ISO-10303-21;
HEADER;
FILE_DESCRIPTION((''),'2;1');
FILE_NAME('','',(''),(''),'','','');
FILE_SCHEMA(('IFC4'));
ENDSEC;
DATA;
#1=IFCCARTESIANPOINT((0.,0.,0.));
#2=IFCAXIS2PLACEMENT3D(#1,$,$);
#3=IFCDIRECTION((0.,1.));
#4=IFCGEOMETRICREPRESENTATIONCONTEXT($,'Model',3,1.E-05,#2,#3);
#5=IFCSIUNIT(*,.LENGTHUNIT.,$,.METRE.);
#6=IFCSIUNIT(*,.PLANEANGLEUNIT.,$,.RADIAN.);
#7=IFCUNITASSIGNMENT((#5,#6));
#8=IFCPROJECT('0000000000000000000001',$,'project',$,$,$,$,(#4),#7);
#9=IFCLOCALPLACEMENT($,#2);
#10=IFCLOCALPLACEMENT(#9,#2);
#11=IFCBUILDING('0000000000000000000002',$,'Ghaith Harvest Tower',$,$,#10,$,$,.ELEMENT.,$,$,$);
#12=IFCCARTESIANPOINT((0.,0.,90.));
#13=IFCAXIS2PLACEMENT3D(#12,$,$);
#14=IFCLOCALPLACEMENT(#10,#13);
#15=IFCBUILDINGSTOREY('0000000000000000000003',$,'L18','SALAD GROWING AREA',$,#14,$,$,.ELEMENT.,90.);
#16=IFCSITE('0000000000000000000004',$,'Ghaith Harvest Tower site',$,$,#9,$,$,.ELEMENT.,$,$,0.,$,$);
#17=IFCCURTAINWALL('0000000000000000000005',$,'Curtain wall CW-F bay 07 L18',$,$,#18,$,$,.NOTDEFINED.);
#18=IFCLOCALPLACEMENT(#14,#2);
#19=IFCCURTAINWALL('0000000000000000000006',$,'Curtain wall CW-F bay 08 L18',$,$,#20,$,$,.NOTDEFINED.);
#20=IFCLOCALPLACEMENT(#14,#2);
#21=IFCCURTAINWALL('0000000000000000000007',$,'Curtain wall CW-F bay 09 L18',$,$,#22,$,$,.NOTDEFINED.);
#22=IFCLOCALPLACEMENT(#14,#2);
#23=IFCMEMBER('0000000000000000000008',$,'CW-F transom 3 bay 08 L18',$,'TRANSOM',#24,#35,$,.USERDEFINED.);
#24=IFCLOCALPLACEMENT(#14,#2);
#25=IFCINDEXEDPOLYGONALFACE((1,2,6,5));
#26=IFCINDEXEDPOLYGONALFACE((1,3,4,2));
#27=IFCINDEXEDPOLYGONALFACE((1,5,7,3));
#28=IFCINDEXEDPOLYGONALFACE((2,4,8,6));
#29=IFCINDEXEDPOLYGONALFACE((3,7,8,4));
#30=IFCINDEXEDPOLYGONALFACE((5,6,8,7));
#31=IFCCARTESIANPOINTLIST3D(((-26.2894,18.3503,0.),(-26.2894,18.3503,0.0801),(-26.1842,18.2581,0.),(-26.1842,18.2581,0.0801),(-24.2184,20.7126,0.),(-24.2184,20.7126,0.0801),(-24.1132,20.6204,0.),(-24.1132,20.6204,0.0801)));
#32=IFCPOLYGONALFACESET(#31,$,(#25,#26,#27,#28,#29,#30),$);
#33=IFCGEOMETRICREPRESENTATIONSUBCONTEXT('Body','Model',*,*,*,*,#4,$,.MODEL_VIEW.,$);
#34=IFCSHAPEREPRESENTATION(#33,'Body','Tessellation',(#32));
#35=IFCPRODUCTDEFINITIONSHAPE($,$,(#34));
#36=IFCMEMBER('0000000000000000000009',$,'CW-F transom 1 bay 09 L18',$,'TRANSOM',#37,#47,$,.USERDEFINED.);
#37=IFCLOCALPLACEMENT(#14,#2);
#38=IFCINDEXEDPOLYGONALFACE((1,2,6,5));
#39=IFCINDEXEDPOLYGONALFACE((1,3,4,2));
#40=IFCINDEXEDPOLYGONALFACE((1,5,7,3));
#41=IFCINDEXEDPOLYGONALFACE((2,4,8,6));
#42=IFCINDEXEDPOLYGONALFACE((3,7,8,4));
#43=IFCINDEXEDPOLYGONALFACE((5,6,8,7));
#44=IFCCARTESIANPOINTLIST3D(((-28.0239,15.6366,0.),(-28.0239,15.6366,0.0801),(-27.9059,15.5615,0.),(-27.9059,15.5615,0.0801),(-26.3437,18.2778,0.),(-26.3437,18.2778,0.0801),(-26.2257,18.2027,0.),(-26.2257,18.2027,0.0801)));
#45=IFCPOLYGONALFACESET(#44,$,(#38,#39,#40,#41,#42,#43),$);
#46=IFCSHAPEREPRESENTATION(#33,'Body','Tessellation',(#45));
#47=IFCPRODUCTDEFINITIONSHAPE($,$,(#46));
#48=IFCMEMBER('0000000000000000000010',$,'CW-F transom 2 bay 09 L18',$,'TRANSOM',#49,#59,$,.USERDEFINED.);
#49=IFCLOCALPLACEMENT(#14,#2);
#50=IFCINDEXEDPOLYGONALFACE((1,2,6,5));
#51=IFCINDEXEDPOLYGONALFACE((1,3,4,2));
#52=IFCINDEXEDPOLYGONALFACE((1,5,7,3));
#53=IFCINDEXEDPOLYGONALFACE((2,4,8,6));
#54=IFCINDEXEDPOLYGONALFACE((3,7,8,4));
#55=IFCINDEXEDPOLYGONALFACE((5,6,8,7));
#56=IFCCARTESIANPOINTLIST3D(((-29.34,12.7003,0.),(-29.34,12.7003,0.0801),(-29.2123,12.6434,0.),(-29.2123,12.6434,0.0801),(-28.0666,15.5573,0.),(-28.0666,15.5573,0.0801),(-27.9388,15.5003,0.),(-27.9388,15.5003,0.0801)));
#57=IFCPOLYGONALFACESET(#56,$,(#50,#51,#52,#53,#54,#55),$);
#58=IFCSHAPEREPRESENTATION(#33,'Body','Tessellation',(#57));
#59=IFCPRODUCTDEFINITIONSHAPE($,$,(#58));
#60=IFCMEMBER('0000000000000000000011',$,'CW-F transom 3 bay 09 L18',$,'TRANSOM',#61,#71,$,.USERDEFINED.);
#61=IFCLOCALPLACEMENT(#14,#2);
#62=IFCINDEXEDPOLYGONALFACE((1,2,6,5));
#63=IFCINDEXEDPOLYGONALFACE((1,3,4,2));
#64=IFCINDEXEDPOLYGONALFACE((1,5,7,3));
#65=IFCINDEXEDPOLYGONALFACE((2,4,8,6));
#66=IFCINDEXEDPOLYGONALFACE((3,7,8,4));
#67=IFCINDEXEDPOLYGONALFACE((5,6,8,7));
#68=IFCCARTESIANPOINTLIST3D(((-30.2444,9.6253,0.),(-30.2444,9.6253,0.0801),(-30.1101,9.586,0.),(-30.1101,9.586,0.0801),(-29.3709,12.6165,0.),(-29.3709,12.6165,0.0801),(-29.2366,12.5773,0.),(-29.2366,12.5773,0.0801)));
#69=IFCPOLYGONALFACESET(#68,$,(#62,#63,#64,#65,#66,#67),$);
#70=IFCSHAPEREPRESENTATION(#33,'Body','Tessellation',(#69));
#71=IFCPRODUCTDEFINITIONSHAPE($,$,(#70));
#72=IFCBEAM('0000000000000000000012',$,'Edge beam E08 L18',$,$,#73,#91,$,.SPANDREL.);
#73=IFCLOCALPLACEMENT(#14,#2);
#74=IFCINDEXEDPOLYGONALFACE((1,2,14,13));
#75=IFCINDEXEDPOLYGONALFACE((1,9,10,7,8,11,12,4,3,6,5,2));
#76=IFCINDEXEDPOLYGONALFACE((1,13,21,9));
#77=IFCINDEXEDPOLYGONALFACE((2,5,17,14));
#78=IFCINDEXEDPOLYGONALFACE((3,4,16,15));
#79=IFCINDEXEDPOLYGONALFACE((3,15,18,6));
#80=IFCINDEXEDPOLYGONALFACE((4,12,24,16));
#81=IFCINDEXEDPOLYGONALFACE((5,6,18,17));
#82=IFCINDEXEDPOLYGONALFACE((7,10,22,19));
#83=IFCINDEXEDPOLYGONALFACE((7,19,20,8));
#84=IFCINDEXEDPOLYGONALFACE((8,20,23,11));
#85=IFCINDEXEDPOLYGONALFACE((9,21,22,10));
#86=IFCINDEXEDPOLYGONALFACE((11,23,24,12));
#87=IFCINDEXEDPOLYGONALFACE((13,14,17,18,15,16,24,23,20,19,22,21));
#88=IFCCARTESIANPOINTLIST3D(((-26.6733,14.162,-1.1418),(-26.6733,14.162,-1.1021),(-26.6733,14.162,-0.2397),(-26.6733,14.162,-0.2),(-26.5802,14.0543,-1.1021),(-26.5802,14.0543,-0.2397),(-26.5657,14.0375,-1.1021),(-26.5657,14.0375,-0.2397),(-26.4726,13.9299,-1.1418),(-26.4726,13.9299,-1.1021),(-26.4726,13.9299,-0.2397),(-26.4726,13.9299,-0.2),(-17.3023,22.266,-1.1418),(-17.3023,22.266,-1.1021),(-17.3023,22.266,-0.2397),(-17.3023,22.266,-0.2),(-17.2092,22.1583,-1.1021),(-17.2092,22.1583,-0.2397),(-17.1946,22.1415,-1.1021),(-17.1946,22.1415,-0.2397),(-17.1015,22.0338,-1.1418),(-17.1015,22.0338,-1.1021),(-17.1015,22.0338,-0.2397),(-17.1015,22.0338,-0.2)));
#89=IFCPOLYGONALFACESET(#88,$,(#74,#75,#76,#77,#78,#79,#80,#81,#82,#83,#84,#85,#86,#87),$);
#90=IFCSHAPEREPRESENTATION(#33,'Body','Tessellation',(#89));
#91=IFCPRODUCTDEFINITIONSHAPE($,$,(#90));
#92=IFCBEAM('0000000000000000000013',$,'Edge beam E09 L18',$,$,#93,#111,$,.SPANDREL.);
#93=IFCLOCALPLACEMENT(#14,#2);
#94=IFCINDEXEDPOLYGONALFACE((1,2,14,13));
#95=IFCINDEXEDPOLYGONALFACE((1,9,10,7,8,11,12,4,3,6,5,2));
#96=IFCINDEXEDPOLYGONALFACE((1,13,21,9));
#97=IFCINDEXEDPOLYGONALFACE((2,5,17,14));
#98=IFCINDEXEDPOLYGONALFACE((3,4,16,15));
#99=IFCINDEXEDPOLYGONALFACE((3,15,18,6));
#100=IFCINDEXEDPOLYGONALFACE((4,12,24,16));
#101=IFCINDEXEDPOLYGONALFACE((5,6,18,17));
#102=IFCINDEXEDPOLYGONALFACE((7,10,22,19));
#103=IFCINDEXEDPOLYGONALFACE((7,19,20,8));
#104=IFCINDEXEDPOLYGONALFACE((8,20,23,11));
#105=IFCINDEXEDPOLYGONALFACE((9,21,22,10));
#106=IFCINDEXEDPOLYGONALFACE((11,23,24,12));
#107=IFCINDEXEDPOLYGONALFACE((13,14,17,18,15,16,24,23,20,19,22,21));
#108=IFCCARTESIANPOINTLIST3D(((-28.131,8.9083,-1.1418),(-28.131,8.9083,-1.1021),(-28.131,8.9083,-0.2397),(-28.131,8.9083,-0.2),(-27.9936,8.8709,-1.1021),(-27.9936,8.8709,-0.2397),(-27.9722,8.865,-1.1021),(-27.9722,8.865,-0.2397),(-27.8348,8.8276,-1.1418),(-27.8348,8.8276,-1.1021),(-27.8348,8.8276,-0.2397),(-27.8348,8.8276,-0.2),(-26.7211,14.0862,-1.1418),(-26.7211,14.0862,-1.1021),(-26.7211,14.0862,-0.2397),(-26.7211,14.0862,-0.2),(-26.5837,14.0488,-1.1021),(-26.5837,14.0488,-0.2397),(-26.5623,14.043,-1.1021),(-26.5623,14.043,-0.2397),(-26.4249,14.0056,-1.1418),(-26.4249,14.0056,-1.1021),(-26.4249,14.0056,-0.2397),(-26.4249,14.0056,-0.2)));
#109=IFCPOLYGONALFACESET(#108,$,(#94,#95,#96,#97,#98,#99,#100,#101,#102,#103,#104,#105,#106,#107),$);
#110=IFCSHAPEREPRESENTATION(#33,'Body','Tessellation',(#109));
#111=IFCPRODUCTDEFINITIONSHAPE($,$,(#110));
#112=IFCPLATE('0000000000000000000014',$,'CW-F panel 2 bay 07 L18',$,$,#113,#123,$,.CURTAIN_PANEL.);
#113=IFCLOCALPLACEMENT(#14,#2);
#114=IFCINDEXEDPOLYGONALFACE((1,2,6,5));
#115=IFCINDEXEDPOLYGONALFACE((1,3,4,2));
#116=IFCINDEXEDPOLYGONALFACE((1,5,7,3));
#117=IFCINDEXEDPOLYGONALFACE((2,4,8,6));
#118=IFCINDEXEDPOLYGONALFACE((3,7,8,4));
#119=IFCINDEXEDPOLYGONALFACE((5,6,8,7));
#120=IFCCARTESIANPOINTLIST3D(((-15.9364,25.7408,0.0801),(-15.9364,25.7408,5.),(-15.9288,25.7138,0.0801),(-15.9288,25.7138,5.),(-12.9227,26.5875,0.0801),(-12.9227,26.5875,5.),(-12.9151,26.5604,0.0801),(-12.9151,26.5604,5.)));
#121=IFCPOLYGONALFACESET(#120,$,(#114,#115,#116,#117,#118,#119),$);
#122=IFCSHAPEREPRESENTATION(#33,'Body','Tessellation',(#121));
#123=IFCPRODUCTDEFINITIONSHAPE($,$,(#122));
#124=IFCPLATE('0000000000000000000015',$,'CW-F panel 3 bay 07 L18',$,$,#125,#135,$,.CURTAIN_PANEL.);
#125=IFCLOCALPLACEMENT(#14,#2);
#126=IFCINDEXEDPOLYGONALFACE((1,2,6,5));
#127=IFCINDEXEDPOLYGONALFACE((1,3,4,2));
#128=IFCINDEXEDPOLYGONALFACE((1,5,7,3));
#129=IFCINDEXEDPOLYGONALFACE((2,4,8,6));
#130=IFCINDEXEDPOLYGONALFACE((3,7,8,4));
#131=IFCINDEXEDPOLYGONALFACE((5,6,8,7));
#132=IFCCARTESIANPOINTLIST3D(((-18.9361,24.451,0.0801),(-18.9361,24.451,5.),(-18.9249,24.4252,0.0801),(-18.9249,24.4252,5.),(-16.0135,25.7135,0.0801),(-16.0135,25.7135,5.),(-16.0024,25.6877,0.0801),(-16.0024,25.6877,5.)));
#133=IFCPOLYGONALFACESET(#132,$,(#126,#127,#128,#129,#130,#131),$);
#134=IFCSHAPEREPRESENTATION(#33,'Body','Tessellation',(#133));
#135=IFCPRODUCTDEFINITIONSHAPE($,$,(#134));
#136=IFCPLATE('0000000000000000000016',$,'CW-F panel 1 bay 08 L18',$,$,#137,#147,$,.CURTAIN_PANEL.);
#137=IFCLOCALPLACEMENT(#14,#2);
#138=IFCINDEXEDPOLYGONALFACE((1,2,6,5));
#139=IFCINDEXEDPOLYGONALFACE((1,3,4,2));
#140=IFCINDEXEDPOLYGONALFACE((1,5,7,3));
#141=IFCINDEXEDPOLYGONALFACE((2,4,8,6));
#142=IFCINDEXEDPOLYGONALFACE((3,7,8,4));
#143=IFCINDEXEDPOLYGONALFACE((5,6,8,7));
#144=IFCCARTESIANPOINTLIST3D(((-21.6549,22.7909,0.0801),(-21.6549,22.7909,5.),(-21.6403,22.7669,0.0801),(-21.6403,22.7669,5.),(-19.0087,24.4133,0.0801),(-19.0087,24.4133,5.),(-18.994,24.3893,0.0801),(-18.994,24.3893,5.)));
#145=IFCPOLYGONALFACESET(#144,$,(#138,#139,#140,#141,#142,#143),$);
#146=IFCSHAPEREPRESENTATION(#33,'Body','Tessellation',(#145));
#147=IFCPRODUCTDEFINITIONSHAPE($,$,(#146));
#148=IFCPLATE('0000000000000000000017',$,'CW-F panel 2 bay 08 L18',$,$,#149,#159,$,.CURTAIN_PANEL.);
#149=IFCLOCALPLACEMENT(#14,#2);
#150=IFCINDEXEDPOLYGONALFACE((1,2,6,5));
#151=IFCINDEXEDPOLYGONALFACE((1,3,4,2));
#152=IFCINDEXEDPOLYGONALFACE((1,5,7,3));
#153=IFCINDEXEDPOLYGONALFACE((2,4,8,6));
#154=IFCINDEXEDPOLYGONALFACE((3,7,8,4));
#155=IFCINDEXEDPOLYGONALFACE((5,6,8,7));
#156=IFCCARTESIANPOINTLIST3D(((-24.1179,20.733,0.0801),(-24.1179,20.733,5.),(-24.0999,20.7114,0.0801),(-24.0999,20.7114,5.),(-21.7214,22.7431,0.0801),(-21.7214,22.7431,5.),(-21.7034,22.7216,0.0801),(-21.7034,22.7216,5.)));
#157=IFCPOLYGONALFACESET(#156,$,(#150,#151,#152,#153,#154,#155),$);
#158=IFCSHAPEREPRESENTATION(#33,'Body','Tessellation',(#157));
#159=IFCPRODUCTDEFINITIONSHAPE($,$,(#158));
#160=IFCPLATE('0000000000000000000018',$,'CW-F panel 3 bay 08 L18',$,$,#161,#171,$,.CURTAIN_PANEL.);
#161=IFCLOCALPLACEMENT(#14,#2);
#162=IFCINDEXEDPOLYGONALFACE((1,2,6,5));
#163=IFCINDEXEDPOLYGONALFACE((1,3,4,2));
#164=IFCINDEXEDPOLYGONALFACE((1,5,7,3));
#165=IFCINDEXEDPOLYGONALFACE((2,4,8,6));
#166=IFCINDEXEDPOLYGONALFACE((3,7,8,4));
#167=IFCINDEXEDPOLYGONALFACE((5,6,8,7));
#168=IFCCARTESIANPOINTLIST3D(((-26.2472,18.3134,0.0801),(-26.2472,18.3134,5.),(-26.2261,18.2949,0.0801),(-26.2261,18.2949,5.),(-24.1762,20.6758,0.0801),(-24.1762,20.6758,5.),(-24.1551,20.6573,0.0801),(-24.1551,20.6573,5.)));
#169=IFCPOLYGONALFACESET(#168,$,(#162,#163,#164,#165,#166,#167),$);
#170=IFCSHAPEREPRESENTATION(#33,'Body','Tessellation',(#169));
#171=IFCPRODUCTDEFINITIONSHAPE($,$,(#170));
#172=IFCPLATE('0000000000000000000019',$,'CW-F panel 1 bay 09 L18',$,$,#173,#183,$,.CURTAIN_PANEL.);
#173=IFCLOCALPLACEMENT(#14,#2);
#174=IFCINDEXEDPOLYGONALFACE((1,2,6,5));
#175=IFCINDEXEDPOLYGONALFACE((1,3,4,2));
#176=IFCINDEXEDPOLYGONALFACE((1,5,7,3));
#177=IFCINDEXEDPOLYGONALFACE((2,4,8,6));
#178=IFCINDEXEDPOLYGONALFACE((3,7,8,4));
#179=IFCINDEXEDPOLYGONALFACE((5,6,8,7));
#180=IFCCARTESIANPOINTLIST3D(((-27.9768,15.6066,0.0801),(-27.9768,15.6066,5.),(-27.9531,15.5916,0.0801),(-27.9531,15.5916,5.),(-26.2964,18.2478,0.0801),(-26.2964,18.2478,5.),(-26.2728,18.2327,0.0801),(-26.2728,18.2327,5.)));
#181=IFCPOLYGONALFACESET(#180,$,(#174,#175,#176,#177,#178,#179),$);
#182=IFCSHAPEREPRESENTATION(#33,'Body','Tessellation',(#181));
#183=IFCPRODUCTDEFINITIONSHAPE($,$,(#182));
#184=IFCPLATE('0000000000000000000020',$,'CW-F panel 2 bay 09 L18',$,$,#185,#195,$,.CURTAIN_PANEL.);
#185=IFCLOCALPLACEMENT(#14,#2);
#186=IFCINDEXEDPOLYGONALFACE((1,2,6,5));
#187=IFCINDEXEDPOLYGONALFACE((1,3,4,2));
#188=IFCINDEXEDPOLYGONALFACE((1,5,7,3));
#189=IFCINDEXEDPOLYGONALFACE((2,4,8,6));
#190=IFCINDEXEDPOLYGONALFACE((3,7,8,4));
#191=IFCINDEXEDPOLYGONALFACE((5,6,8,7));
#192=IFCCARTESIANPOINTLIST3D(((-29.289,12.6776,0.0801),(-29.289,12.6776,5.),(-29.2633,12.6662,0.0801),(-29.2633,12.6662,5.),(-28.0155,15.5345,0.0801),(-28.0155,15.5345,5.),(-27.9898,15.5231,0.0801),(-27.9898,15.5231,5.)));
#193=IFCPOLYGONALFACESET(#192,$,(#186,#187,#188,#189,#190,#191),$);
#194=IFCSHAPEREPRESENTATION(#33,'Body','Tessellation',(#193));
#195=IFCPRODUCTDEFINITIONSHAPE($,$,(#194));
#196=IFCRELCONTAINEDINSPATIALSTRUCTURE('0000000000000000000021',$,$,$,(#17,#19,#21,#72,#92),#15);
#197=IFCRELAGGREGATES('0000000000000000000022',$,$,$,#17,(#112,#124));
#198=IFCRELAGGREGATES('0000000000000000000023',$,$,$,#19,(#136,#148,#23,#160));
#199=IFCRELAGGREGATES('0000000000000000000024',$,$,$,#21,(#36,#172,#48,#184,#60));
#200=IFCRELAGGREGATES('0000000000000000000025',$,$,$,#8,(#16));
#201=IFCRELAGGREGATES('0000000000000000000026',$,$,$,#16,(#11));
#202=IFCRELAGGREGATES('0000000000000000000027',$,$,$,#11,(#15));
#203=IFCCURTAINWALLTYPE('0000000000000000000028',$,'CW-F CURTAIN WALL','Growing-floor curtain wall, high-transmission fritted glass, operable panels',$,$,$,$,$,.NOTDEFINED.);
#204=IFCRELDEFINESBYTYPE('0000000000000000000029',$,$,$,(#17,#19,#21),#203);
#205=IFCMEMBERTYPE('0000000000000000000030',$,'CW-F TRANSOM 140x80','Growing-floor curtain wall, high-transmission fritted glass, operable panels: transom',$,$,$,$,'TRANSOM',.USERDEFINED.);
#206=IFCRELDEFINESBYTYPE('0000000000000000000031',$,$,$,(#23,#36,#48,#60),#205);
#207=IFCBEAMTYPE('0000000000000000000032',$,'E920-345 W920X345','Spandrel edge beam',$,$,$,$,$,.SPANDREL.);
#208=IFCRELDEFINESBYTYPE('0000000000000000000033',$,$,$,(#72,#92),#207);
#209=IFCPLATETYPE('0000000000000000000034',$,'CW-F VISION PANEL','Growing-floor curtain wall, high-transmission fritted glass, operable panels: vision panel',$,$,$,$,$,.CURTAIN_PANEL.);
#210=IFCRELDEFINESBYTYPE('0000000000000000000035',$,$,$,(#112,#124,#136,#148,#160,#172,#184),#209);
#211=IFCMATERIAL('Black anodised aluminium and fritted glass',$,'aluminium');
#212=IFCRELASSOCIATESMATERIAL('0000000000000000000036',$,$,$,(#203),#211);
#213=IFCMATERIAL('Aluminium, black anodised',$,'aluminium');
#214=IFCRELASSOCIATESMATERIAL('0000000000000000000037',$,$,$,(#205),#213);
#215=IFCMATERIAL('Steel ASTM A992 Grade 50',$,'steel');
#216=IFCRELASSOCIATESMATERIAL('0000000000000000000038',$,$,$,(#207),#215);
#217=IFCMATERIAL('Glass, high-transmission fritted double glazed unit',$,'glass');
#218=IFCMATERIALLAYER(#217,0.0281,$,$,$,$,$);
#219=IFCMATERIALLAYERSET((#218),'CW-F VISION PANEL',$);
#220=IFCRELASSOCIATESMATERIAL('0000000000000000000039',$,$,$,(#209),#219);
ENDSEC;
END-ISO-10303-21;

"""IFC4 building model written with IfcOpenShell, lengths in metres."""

from ifc_helpers import new_model, si_unit, direction, frame, origin, origin_2d, place, context, subcontext, project, spatial, rectangle, i_section, extrude, material, layer, layer_set, material_profile, profile_set, type_object, element, aggregate, save


model = new_model("IFC4")

# Units and contexts
model_context = context("Model", 3, precision=1e-05, world=origin(), true_north=direction((0.0, 1.0)))
body_context = subcontext(model_context, "Body", "Model", "MODEL_VIEW")
ifc_project = project(units=[si_unit("LENGTHUNIT", "METRE"), si_unit("PLANEANGLEUNIT", "RADIAN")], contexts=[model_context])

# Site, building, storey
site_placement = place(None, origin())
site = spatial("IfcSite", under=ifc_project, at=site_placement, Name="Ghaith Harvest Tower site", CompositionType="ELEMENT", RefElevation=0.0)
building_placement = place(site_placement, origin())
building = spatial("IfcBuilding", under=site, at=building_placement, Name="Ghaith Harvest Tower", CompositionType="ELEMENT")
storey_placement = place(building_placement, frame((0.0, 0.0, 90.0)))
storey = spatial("IfcBuildingStorey", under=building, at=storey_placement, Name="L18", Description="SALAD GROWING AREA", CompositionType="ELEMENT", Elevation=90.0)

# Curtain walls
ifc_material_1 = material(Name="Black anodised aluminium and fritted glass", Category="aluminium")
curtain_wall_type = type_object("IfcCurtainWallType", Name="CW-F CURTAIN WALL", Description="Growing-floor curtain wall, high-transmission fritted glass, operable panels", PredefinedType="NOTDEFINED", material=ifc_material_1)
curtain_wall_1_placement = place(storey_placement, origin())
curtain_wall_1 = element("IfcCurtainWall", 1, at=curtain_wall_1_placement, inside=storey, type_object=curtain_wall_type, Name="Curtain wall CW-F bay 07 L18", PredefinedType="NOTDEFINED")
curtain_wall_2_placement = place(storey_placement, origin())
curtain_wall_2 = element("IfcCurtainWall", 2, at=curtain_wall_2_placement, inside=storey, type_object=curtain_wall_type, Name="Curtain wall CW-F bay 08 L18", PredefinedType="NOTDEFINED")
curtain_wall_3_placement = place(storey_placement, origin())
curtain_wall_3 = element("IfcCurtainWall", 3, at=curtain_wall_3_placement, inside=storey, type_object=curtain_wall_type, Name="Curtain wall CW-F bay 09 L18", PredefinedType="NOTDEFINED")

# Members
ifc_material_2 = material(Name="Aluminium, black anodised", Category="aluminium")
ifc_material_profile_1 = material_profile(ifc_material_2, rectangle(XDim=0.1399, YDim=0.0801, at=origin_2d()), Name="CW-F TRANSOM 140x80")
ifc_profile_set_1 = profile_set([ifc_material_profile_1], Name="Aluminium, black anodised")
member_type_1 = type_object("IfcMemberType", Name="CW-F TRANSOM 140x80", Description="Growing-floor curtain wall, high-transmission fritted glass, operable panels: transom", ElementType="TRANSOM", PredefinedType="USERDEFINED", material=ifc_profile_set_1)
member_1_placement = place(storey_placement, frame((-24.1658, 20.6665, 0.04), z_axis=(-0.659231, -0.751941, 0.0), x_axis=(0.751941, -0.659231, 0.0)))
member_1 = element("IfcMember", 4, at=member_1_placement, type_object=member_type_1, Name="CW-F transom 3 bay 08 L18", ObjectType="TRANSOM", PredefinedType="USERDEFINED", context=body_context, shape_type="SweptSolid", body=[
    extrude(rectangle(XDim=0.1399, YDim=0.0801, at=origin_2d()), origin(), (0.0, 0.0, 1.0), 3.1416),
])
member_2_placement = place(storey_placement, frame((-26.2847, 18.2402, 0.04), z_axis=(-0.536754, -0.843739, 0.0), x_axis=(0.843739, -0.536754, 0.0)))
member_2 = element("IfcMember", 5, at=member_2_placement, type_object=member_type_1, Name="CW-F transom 1 bay 09 L18", ObjectType="TRANSOM", PredefinedType="USERDEFINED", context=body_context, shape_type="SweptSolid", body=[
    extrude(rectangle(XDim=0.1399, YDim=0.0801, at=origin_2d()), origin(), (0.0, 0.0, 1.0), 3.1304),
])
member_3_placement = place(storey_placement, frame((-28.0027, 15.5288, 0.04), z_axis=(-0.407123, -0.913373, 0.0), x_axis=(0.913373, -0.407123, 0.0)))
member_3 = element("IfcMember", 6, at=member_3_placement, type_object=member_type_1, Name="CW-F transom 2 bay 09 L18", ObjectType="TRANSOM", PredefinedType="USERDEFINED", context=body_context, shape_type="SweptSolid", body=[
    extrude(rectangle(XDim=0.1399, YDim=0.0801, at=origin_2d()), origin(), (0.0, 0.0, 1.0), 3.1279),
])
member_4_placement = place(storey_placement, frame((-29.3037, 12.5969, 0.04), z_axis=(-0.280325, -0.959905, 0.0), x_axis=(0.959905, -0.280325, 0.0)))
member_4 = element("IfcMember", 7, at=member_4_placement, type_object=member_type_1, Name="CW-F transom 3 bay 09 L18", ObjectType="TRANSOM", PredefinedType="USERDEFINED", context=body_context, shape_type="SweptSolid", body=[
    extrude(rectangle(XDim=0.1399, YDim=0.0801, at=origin_2d()), origin(), (0.0, 0.0, 1.0), 3.1162),
])

# Beams
ifc_material_3 = material(Name="Steel ASTM A992 Grade 50", Category="steel")
ifc_material_profile_2 = material_profile(ifc_material_3, i_section(OverallWidth=0.3069, OverallDepth=0.9419, WebThickness=0.0222, FlangeThickness=0.0398, at=origin_2d()), Name="W920X345")
ifc_profile_set_2 = profile_set([ifc_material_profile_2], Name="Steel ASTM A992 Grade 50")
beam_type = type_object("IfcBeamType", Name="E920-345 W920X345", Description="Spandrel edge beam", PredefinedType="SPANDREL", material=ifc_profile_set_2)
beam_1_placement = place(storey_placement, frame((-17.2019, 22.1499, -0.6709), z_axis=(-0.756392, -0.654118, 0.0), x_axis=(0.654118, -0.756392, 0.0)))
element("IfcBeam", 8, at=beam_1_placement, inside=storey, type_object=beam_type, Name="Edge beam E08 L18", PredefinedType="SPANDREL", context=body_context, shape_type="SweptSolid", body=[
    extrude(i_section(OverallWidth=0.3069, OverallDepth=0.9419, WebThickness=0.0222, FlangeThickness=0.0398, at=origin_2d()), origin(), (0.0, 0.0, 1.0), 12.3892),
])
beam_2_placement = place(storey_placement, frame((-26.573, 14.0459, -0.6709), z_axis=(-0.262725, -0.964871, 0.0), x_axis=(0.964871, -0.262725, 0.0)))
element("IfcBeam", 9, at=beam_2_placement, inside=storey, type_object=beam_type, Name="Edge beam E09 L18", PredefinedType="SPANDREL", context=body_context, shape_type="SweptSolid", body=[
    extrude(i_section(OverallWidth=0.3069, OverallDepth=0.9419, WebThickness=0.0222, FlangeThickness=0.0398, at=origin_2d()), origin(), (0.0, 0.0, 1.0), 5.3665),
])

# Plates
ifc_material_4 = material(Name="Glass, high-transmission fritted double glazed unit", Category="glass")
ifc_layer_1 = layer(ifc_material_4, 0.0281)
ifc_layer_set_1 = layer_set([ifc_layer_1], Name="CW-F VISION PANEL")
plate_type = type_object("IfcPlateType", Name="CW-F VISION PANEL", Description="Growing-floor curtain wall, high-transmission fritted glass, operable panels: vision panel", PredefinedType="CURTAIN_PANEL", material=ifc_layer_set_1)
plate_1_placement = place(storey_placement, frame((-14.4258, 26.1506, 0.0801), z_axis=(0.0, 0.0, 1.0), x_axis=(-0.96273, -0.270465, 0.0)))
plate_1 = element("IfcPlate", 10, at=plate_1_placement, type_object=plate_type, Name="CW-F panel 2 bay 07 L18", PredefinedType="CURTAIN_PANEL", context=body_context, shape_type="SweptSolid", body=[
    extrude(rectangle(XDim=3.1304, YDim=0.0281, at=origin_2d()), origin(), (0.0, 0.0, 1.0), 4.9199),
])
plate_2_placement = place(storey_placement, frame((-17.4692, 25.0693, 0.0801), z_axis=(0.0, 0.0, 1.0), x_axis=(-0.918003, -0.396574, 0.0)))
plate_2 = element("IfcPlate", 11, at=plate_2_placement, type_object=plate_type, Name="CW-F panel 3 bay 07 L18", PredefinedType="CURTAIN_PANEL", context=body_context, shape_type="SweptSolid", body=[
    extrude(rectangle(XDim=3.1836, YDim=0.0281, at=origin_2d()), origin(), (0.0, 0.0, 1.0), 4.9199),
])
aggregate(curtain_wall_1, [plate_1, plate_2])
plate_3_placement = place(storey_placement, frame((-20.3245, 23.5901, 0.0801), z_axis=(0.0, 0.0, 1.0), x_axis=(-0.852528, -0.522682, 0.0)))
plate_3 = element("IfcPlate", 12, at=plate_3_placement, type_object=plate_type, Name="CW-F panel 1 bay 08 L18", PredefinedType="CURTAIN_PANEL", context=body_context, shape_type="SweptSolid", body=[
    extrude(rectangle(XDim=3.104, YDim=0.0281, at=origin_2d()), origin(), (0.0, 0.0, 1.0), 4.9199),
])
plate_4_placement = place(storey_placement, frame((-22.9106, 21.7273, 0.0801), z_axis=(0.0, 0.0, 1.0), x_axis=(-0.766155, -0.642656, 0.0)))
plate_4 = element("IfcPlate", 13, at=plate_4_placement, type_object=plate_type, Name="CW-F panel 2 bay 08 L18", PredefinedType="CURTAIN_PANEL", context=body_context, shape_type="SweptSolid", body=[
    extrude(rectangle(XDim=3.1279, YDim=0.0281, at=origin_2d()), origin(), (0.0, 0.0, 1.0), 4.9199),
])
plate_5_placement = place(storey_placement, frame((-25.2012, 19.4854, 0.0801), z_axis=(0.0, 0.0, 1.0), x_axis=(-0.659216, -0.751954, 0.0)))
plate_5 = element("IfcPlate", 14, at=plate_5_placement, type_object=plate_type, Name="CW-F panel 3 bay 08 L18", PredefinedType="CURTAIN_PANEL", context=body_context, shape_type="SweptSolid", body=[
    extrude(rectangle(XDim=3.1416, YDim=0.0281, at=origin_2d()), origin(), (0.0, 0.0, 1.0), 4.9199),
])
aggregate(curtain_wall_2, [plate_3, plate_4, member_1, plate_5])
plate_6_placement = place(storey_placement, frame((-27.1248, 16.9197, 0.0801), z_axis=(0.0, 0.0, 1.0), x_axis=(-0.536779, -0.843723, 0.0)))
plate_6 = element("IfcPlate", 15, at=plate_6_placement, type_object=plate_type, Name="CW-F panel 1 bay 09 L18", PredefinedType="CURTAIN_PANEL", context=body_context, shape_type="SweptSolid", body=[
    extrude(rectangle(XDim=3.1304, YDim=0.0281, at=origin_2d()), origin(), (0.0, 0.0, 1.0), 4.9199),
])
plate_7_placement = place(storey_placement, frame((-28.6394, 14.1003, 0.0801), z_axis=(0.0, 0.0, 1.0), x_axis=(-0.407134, -0.913368, 0.0)))
plate_7 = element("IfcPlate", 16, at=plate_7_placement, type_object=plate_type, Name="CW-F panel 2 bay 09 L18", PredefinedType="CURTAIN_PANEL", context=body_context, shape_type="SweptSolid", body=[
    extrude(rectangle(XDim=3.1279, YDim=0.0281, at=origin_2d()), origin(), (0.0, 0.0, 1.0), 4.9199),
])
aggregate(curtain_wall_3, [member_2, plate_6, member_3, plate_7, member_4])

save(model, "model.ifc")
